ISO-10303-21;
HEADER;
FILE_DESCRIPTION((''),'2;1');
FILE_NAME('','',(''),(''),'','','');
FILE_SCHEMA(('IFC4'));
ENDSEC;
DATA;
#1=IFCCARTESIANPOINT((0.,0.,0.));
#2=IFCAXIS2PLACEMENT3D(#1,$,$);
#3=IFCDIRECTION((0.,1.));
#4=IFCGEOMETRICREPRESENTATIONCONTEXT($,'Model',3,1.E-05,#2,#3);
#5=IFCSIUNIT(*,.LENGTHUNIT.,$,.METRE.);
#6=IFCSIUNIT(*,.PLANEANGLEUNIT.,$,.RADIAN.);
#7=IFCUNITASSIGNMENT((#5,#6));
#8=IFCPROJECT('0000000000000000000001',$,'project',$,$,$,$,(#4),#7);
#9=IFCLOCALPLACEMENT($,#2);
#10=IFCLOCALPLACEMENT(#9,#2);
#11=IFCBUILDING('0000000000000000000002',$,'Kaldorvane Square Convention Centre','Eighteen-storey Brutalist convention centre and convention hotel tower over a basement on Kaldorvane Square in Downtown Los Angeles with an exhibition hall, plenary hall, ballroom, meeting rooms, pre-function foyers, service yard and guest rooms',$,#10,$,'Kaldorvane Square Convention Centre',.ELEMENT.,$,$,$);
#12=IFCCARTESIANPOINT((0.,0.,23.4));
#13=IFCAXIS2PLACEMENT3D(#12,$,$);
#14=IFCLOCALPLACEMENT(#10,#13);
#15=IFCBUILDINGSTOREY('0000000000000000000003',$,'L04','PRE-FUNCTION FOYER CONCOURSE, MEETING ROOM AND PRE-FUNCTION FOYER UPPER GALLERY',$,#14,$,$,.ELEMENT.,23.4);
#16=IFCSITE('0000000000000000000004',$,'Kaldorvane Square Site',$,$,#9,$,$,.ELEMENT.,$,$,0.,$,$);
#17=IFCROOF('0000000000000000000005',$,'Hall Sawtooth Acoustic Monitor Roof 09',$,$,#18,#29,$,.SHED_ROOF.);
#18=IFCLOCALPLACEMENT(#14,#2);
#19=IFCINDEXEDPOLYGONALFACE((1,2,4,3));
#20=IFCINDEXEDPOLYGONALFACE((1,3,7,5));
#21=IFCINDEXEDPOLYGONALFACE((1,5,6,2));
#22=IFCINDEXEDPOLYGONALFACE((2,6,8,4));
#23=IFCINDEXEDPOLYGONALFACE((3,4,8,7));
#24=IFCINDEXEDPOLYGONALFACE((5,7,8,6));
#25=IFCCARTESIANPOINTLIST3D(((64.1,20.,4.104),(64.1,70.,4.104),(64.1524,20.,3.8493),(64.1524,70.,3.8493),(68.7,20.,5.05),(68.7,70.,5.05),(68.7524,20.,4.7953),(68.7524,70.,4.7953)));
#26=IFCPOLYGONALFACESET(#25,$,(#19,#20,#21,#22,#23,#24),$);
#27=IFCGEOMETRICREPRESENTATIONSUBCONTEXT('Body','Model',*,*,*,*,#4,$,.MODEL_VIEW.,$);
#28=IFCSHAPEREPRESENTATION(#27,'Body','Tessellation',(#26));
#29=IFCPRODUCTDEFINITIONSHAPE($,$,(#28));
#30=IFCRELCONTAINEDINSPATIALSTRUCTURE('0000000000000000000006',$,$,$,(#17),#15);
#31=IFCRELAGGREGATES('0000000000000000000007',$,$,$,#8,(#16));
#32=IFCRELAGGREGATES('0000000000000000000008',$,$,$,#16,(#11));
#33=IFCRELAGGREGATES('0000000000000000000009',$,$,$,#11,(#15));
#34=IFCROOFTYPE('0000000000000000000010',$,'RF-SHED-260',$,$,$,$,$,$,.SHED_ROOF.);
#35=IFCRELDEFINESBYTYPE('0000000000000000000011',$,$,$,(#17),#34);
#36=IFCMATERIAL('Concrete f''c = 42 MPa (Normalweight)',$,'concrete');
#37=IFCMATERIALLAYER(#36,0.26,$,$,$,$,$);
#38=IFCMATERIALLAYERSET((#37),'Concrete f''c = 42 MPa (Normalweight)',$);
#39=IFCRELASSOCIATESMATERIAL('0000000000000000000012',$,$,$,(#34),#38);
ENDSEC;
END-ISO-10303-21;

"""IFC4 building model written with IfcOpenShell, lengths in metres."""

from ifc_helpers import new_model, si_unit, direction, frame, origin, place, context, subcontext, project, spatial, polyline, outline, extrude, material, layer, layer_set, type_object, element, save


model = new_model("IFC4")

# Units and contexts
model_context = context("Model", 3, precision=1e-05, world=origin(), true_north=direction((0.0, 1.0)))
body_context = subcontext(model_context, "Body", "Model", "MODEL_VIEW")
ifc_project = project(units=[si_unit("LENGTHUNIT", "METRE"), si_unit("PLANEANGLEUNIT", "RADIAN")], contexts=[model_context])

# Site, building, storey
site_placement = place(None, origin())
site = spatial("IfcSite", under=ifc_project, at=site_placement, Name="Kaldorvane Square Site", CompositionType="ELEMENT", RefElevation=0.0)
building_placement = place(site_placement, origin())
building = spatial("IfcBuilding", under=site, at=building_placement, Name="Kaldorvane Square Convention Centre", Description="Eighteen-storey Brutalist convention centre and convention hotel tower over a basement on Kaldorvane Square in Downtown Los Angeles with an exhibition hall, plenary hall, ballroom, meeting rooms, pre-function foyers, service yard and guest rooms", LongName="Kaldorvane Square Convention Centre", CompositionType="ELEMENT")
storey_placement = place(building_placement, frame((0.0, 0.0, 23.4)))
storey = spatial("IfcBuildingStorey", under=building, at=storey_placement, Name="L04", Description="PRE-FUNCTION FOYER CONCOURSE, MEETING ROOM AND PRE-FUNCTION FOYER UPPER GALLERY", CompositionType="ELEMENT", Elevation=23.4)

# Roof
ifc_material_1 = material(Name="Concrete f'c = 42 MPa (Normalweight)", Category="concrete")
ifc_layer = layer(ifc_material_1, 0.26)
ifc_layer_set = layer_set([ifc_layer], Name="Concrete f'c = 42 MPa (Normalweight)")
roof_type = type_object("IfcRoofType", Name="RF-SHED-260", PredefinedType="SHED_ROOF", material=ifc_layer_set)
roof_1_placement = place(storey_placement, frame((64.1, 20.0, 4.104), z_axis=(-0.201437, 0.0, 0.979502), x_axis=(0.979502, 0.0, 0.201437)))
element("IfcRoof", 1, at=roof_1_placement, inside=storey, type_object=roof_type, Name="Hall Sawtooth Acoustic Monitor Roof 09", PredefinedType="SHED_ROOF", context=body_context, shape_type="SweptSolid", body=[
    extrude(outline(polyline([(0.0, 0.0), (4.6963, 0.0), (4.6963, 50.0), (0.0, 50.0), (0.0, 0.0)])), origin(), (0.0, 0.0, -1.0), 0.26),
])

save(model, "model.ifc")
